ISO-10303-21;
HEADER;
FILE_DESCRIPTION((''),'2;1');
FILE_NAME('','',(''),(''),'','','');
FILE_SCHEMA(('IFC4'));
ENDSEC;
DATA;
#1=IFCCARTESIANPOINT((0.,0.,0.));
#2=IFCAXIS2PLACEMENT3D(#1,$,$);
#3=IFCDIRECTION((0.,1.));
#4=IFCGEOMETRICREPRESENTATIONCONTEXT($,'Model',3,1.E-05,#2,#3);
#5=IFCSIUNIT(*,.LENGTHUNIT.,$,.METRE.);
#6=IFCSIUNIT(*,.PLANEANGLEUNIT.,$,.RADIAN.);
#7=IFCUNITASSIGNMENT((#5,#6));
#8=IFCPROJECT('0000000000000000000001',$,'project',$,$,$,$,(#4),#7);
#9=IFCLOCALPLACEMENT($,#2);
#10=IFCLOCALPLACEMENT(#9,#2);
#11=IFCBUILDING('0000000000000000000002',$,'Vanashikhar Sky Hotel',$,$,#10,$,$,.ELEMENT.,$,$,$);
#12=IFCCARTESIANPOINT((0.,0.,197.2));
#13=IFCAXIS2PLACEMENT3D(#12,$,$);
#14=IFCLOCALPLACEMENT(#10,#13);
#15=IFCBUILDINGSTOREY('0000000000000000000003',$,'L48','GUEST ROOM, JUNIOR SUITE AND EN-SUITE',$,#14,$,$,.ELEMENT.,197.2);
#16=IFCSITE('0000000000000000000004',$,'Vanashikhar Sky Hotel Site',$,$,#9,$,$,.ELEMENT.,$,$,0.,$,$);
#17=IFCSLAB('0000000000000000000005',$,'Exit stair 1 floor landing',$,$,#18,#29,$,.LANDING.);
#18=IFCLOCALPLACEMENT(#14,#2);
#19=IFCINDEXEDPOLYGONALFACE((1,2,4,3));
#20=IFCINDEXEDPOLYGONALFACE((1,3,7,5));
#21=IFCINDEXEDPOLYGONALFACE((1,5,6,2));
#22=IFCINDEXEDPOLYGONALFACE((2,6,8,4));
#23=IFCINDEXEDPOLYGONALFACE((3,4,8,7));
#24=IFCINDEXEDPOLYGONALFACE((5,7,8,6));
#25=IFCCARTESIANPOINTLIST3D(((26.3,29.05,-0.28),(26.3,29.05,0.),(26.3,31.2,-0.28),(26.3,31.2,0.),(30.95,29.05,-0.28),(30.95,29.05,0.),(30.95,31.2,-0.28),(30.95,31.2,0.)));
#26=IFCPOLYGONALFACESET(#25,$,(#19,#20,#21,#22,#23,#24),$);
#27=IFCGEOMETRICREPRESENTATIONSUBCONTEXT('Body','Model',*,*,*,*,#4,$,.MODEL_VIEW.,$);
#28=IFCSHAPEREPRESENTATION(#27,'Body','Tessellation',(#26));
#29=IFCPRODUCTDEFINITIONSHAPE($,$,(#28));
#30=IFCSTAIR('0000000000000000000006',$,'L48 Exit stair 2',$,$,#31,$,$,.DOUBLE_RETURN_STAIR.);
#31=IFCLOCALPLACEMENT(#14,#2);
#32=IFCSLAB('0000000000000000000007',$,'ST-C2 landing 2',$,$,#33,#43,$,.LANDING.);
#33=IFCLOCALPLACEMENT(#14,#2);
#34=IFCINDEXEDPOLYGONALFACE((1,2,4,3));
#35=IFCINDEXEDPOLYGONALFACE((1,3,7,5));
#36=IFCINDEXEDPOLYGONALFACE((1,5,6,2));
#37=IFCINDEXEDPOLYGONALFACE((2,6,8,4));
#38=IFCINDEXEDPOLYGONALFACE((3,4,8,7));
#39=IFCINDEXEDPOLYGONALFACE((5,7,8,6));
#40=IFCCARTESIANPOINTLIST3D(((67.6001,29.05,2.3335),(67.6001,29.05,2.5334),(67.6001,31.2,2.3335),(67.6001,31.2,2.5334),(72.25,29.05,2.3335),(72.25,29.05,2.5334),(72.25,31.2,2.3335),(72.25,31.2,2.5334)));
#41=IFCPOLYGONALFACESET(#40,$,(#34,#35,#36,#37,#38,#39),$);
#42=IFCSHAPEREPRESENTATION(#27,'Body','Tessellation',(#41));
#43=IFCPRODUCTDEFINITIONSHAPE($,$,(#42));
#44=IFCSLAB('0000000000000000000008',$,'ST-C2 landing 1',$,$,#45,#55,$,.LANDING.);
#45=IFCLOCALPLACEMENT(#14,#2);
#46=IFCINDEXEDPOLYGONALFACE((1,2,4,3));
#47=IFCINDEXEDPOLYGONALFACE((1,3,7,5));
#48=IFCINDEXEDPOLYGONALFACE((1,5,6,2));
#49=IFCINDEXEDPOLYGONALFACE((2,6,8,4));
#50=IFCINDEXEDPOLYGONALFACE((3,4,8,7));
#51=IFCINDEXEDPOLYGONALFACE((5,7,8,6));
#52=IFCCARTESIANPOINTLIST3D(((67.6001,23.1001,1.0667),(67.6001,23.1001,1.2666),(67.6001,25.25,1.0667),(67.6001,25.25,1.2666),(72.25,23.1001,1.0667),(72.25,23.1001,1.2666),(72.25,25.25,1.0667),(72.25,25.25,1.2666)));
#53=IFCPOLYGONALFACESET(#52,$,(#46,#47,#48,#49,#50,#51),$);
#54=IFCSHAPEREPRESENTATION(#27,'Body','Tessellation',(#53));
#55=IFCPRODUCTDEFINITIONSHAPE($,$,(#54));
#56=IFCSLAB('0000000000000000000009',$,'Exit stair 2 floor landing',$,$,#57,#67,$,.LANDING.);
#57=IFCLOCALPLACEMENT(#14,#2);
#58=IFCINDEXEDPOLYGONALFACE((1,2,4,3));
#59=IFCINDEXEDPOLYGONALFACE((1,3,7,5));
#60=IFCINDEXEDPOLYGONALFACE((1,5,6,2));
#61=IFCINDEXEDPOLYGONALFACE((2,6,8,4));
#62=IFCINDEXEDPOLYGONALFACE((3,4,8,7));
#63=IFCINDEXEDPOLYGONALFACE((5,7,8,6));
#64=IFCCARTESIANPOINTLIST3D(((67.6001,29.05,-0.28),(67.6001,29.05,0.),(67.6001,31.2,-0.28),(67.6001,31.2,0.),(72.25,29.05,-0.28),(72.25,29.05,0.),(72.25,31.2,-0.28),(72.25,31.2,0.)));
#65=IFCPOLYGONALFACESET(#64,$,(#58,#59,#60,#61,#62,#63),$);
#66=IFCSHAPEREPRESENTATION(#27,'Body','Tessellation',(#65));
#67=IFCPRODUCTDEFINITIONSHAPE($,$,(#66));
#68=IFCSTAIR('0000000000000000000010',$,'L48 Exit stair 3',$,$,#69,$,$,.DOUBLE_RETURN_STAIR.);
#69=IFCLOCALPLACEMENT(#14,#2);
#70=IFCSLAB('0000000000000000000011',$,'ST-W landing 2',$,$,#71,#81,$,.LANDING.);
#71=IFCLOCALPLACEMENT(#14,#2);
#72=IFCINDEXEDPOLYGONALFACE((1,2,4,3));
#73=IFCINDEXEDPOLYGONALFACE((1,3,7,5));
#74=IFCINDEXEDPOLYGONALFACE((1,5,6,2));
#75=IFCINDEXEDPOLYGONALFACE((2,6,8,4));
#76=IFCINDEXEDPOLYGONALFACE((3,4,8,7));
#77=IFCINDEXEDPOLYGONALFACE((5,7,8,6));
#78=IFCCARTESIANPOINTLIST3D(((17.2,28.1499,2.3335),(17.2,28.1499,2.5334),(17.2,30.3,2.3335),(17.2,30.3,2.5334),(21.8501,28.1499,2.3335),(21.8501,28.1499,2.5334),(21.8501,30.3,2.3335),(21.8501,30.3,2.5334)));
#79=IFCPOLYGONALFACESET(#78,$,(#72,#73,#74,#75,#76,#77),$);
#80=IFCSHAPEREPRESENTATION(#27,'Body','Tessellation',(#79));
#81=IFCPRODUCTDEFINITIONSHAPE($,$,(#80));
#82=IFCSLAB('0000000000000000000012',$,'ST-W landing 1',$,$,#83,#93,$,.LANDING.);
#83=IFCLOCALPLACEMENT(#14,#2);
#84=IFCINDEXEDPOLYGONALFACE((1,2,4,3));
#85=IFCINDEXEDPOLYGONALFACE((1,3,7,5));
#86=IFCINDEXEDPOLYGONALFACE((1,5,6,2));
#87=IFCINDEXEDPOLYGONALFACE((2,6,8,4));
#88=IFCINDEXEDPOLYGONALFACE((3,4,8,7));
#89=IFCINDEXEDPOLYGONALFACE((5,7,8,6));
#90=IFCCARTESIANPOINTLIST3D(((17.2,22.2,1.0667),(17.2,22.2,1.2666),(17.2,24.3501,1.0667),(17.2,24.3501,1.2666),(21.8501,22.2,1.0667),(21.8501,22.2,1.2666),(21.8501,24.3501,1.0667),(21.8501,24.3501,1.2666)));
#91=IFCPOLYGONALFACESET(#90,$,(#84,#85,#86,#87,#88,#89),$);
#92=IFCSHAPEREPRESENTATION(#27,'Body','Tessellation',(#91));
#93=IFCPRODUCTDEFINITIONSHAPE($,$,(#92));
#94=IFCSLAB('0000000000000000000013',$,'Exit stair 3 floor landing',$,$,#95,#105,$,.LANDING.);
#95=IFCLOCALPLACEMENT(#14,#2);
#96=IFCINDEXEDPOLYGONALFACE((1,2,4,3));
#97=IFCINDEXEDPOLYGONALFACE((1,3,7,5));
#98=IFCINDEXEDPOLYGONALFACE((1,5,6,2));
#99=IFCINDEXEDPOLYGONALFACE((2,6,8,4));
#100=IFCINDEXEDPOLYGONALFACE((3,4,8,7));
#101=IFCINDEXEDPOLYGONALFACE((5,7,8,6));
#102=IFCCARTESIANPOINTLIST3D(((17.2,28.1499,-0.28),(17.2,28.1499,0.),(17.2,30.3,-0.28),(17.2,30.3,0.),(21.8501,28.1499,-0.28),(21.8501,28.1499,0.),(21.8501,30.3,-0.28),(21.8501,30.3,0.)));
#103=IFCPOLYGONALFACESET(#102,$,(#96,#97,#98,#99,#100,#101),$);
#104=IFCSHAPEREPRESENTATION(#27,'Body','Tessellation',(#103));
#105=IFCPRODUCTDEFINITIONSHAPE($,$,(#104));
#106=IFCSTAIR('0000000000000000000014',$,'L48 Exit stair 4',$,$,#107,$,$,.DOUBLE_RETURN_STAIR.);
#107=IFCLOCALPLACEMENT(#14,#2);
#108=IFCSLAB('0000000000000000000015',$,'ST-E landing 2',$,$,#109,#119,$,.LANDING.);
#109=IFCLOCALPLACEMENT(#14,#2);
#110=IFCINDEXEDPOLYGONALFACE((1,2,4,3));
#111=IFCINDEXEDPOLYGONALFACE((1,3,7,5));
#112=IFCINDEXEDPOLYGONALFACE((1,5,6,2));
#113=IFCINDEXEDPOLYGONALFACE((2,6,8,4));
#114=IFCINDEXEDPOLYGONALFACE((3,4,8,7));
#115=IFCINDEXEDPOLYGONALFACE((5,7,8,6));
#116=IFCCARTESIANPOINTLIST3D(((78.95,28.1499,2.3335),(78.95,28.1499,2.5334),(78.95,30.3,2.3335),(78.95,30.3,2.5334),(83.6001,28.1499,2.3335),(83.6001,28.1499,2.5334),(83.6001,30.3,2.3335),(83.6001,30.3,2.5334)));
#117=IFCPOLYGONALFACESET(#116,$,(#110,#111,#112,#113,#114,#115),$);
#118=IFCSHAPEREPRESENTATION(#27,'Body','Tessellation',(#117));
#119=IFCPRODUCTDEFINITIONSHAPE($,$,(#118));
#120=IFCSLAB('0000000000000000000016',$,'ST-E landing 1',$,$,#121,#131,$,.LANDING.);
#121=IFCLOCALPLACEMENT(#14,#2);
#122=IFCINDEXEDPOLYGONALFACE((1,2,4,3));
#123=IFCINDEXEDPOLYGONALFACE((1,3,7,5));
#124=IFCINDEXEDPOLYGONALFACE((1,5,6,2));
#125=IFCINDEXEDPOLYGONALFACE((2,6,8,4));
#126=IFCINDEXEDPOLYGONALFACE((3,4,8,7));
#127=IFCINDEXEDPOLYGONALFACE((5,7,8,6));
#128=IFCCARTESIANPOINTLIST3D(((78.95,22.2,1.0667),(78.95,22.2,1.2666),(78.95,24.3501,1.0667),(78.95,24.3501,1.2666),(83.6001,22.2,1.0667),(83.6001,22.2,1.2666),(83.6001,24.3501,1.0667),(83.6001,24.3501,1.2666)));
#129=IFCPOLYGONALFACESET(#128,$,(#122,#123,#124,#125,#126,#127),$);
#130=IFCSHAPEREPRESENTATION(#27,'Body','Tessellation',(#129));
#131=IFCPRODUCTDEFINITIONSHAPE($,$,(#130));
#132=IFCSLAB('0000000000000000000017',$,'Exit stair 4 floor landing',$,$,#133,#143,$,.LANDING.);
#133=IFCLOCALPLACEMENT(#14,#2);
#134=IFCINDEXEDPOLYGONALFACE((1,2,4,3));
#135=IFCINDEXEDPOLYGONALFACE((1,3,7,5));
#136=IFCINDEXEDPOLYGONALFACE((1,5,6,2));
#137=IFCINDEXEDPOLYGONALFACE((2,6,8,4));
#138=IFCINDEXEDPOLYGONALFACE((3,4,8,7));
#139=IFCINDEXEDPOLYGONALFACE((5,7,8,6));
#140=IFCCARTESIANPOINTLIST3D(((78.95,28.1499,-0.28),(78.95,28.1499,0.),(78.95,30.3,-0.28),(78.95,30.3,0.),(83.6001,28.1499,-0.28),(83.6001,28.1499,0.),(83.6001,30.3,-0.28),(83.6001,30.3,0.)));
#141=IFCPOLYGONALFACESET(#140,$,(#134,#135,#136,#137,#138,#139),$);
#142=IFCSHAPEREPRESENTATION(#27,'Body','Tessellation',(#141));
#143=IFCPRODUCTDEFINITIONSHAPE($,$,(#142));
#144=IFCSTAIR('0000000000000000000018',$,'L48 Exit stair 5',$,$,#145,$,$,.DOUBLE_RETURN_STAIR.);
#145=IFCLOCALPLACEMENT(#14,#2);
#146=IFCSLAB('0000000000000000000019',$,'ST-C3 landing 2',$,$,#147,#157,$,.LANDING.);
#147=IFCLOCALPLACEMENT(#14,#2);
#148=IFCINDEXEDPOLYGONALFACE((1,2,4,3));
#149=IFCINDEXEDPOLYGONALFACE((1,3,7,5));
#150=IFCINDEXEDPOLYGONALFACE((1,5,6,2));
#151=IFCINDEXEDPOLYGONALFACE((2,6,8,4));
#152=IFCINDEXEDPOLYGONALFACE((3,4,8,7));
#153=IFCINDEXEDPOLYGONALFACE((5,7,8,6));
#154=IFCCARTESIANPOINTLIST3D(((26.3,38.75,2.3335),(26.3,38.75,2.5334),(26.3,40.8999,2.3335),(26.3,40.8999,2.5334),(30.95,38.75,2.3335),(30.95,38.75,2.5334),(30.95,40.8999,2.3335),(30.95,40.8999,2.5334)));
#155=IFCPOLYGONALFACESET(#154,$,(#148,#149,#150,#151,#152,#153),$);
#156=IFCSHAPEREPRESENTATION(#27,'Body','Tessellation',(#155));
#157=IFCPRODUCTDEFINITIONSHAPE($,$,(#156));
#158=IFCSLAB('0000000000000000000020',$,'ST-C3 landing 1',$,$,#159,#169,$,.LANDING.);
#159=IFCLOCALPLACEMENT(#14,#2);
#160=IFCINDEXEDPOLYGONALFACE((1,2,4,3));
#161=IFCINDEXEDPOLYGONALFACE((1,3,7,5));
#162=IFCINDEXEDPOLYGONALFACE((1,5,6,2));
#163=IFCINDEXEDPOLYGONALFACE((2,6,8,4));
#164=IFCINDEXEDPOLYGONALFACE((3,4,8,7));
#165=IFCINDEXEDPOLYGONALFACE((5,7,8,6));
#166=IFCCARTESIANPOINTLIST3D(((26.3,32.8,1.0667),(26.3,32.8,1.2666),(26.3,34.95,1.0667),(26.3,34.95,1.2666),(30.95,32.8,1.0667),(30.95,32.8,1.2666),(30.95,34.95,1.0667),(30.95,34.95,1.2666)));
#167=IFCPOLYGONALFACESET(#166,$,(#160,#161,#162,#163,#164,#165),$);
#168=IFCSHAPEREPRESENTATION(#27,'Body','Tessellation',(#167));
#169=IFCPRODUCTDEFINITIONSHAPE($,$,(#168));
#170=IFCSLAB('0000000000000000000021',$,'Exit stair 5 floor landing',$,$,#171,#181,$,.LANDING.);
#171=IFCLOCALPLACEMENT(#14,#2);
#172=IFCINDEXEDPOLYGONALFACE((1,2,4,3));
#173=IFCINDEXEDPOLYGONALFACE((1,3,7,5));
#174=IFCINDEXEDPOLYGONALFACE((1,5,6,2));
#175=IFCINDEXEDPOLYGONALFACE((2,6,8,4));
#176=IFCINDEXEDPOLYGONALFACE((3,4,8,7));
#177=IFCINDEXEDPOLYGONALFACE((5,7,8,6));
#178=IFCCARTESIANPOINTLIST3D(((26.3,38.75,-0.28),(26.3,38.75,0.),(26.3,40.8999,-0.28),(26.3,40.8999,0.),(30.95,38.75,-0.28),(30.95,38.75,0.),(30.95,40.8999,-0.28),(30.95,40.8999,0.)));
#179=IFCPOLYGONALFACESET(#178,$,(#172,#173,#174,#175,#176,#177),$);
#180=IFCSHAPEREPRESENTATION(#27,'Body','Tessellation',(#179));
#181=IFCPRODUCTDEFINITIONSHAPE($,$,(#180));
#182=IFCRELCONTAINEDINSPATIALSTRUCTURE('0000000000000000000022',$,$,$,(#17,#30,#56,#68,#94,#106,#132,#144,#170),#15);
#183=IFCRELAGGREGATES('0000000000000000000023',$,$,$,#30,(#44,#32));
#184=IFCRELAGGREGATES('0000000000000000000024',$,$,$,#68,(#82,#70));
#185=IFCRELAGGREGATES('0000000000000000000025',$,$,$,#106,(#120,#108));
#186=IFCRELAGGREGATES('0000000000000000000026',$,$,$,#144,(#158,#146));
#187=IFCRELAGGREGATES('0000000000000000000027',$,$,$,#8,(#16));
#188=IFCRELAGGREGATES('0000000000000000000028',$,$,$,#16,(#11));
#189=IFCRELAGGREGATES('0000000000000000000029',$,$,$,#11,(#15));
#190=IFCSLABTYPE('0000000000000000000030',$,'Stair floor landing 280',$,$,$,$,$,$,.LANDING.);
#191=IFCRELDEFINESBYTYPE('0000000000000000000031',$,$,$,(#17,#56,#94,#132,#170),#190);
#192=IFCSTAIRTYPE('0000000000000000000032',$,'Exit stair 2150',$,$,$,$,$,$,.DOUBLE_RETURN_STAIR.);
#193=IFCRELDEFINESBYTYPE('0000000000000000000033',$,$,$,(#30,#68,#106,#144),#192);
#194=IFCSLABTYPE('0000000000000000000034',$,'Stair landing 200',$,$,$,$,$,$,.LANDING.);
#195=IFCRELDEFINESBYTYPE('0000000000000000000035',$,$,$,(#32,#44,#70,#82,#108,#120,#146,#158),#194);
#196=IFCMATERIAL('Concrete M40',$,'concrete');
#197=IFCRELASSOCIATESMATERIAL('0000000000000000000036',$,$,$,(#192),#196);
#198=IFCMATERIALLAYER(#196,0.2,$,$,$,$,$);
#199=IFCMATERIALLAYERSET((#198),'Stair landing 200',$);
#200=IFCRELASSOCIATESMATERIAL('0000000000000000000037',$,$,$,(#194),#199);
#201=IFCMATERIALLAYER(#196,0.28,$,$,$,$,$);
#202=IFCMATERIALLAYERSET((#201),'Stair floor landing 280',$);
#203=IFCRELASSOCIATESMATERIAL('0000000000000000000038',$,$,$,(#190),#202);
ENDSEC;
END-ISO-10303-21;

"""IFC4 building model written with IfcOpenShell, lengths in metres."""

from ifc_helpers import new_model, si_unit, direction, frame, origin, place, context, subcontext, project, spatial, polyline, outline, extrude, source, transform, mapped, material, layer, layer_set, type_object, element, aggregate, save


model = new_model("IFC4")

# Units and contexts
model_context = context("Model", 3, precision=1e-05, world=origin(), true_north=direction((0.0, 1.0)))
body_context = subcontext(model_context, "Body", "Model", "MODEL_VIEW")
ifc_project = project(units=[si_unit("LENGTHUNIT", "METRE"), si_unit("PLANEANGLEUNIT", "RADIAN")], contexts=[model_context])

# Site, building, storey
site_placement = place(None, origin())
site = spatial("IfcSite", under=ifc_project, at=site_placement, Name="Vanashikhar Sky Hotel Site", CompositionType="ELEMENT", RefElevation=0.0)
building_placement = place(site_placement, origin())
building = spatial("IfcBuilding", under=site, at=building_placement, Name="Vanashikhar Sky Hotel", CompositionType="ELEMENT")
storey_placement = place(building_placement, frame((0.0, 0.0, 197.2)))
storey = spatial("IfcBuildingStorey", under=building, at=storey_placement, Name="L48", Description="GUEST ROOM, JUNIOR SUITE AND EN-SUITE", CompositionType="ELEMENT", Elevation=197.2)

# Shared definitions
ifc_material = material(Name="Concrete M40", Category="concrete")

# Shared definitions
stair_type = type_object("IfcStairType", Name="Exit stair 2150", PredefinedType="DOUBLE_RETURN_STAIR", material=ifc_material)
ifc_layer_1 = layer(ifc_material, 0.2)
ifc_layer_set_1 = layer_set([ifc_layer_1], Name="Stair landing 200")
slab_type_1 = type_object("IfcSlabType", Name="Stair landing 200", PredefinedType="LANDING", material=ifc_layer_set_1)

# Slab
ifc_layer_2 = layer(ifc_material, 0.28)
ifc_layer_set_2 = layer_set([ifc_layer_2], Name="Stair floor landing 280")
slab_type_2 = type_object("IfcSlabType", Name="Stair floor landing 280", PredefinedType="LANDING", material=ifc_layer_set_2)
shared_shape_1 = source(origin(), body_context, "Body", "SweptSolid", [
    extrude(outline(polyline([(30.95, 29.05), (30.95, 31.2), (26.3, 31.2), (26.3, 29.05), (30.95, 29.05)])), origin(), (0.0, 0.0, 1.0), 0.28),
])
slab_1_placement = place(storey_placement, frame((0.0, 0.0, -0.28)))
element("IfcSlab", 1, at=slab_1_placement, inside=storey, type_object=slab_type_2, Name="Exit stair 1 floor landing", PredefinedType="LANDING", context=body_context, shape_type="MappedRepresentation", body=[
    mapped(shared_shape_1, transform((0.0, 0.0, 0.0), scale=1.0)),
])

# Stair, slabs
stair_1_placement = place(storey_placement, origin())
stair_1 = element("IfcStair", 2, at=stair_1_placement, inside=storey, type_object=stair_type, Name="L48 Exit stair 2", PredefinedType="DOUBLE_RETURN_STAIR")
shared_shape_2 = source(origin(), body_context, "Body", "SweptSolid", [
    extrude(outline(polyline([(72.25, 29.05), (72.25, 31.2), (67.6001, 31.2), (67.6001, 29.05), (72.25, 29.05)])), origin(), (0.0, 0.0, 1.0), 0.2),
])
slab_2_placement = place(storey_placement, frame((0.0, 0.0, 2.3335)))
slab_2 = element("IfcSlab", 3, at=slab_2_placement, type_object=slab_type_1, Name="ST-C2 landing 2", PredefinedType="LANDING", context=body_context, shape_type="MappedRepresentation", body=[
    mapped(shared_shape_2, transform((0.0, 0.0, 0.0), scale=1.0)),
])
shared_shape_3 = source(origin(), body_context, "Body", "SweptSolid", [
    extrude(outline(polyline([(72.25, 23.1001), (72.25, 25.25), (67.6001, 25.25), (67.6001, 23.1001), (72.25, 23.1001)])), origin(), (0.0, 0.0, 1.0), 0.2),
])
slab_3_placement = place(storey_placement, frame((0.0, 0.0, 1.0667)))
slab_3 = element("IfcSlab", 4, at=slab_3_placement, type_object=slab_type_1, Name="ST-C2 landing 1", PredefinedType="LANDING", context=body_context, shape_type="MappedRepresentation", body=[
    mapped(shared_shape_3, transform((0.0, 0.0, 0.0), scale=1.0)),
])
aggregate(stair_1, [slab_3, slab_2])

# Slab
shared_shape_4 = source(origin(), body_context, "Body", "SweptSolid", [
    extrude(outline(polyline([(72.25, 29.05), (72.25, 31.2), (67.6001, 31.2), (67.6001, 29.05), (72.25, 29.05)])), origin(), (0.0, 0.0, 1.0), 0.28),
])
slab_4_placement = place(storey_placement, frame((0.0, 0.0, -0.28)))
element("IfcSlab", 5, at=slab_4_placement, inside=storey, type_object=slab_type_2, Name="Exit stair 2 floor landing", PredefinedType="LANDING", context=body_context, shape_type="MappedRepresentation", body=[
    mapped(shared_shape_4, transform((0.0, 0.0, 0.0), scale=1.0)),
])

# Stair, slabs
stair_2_placement = place(storey_placement, origin())
stair_2 = element("IfcStair", 6, at=stair_2_placement, inside=storey, type_object=stair_type, Name="L48 Exit stair 3", PredefinedType="DOUBLE_RETURN_STAIR")
shared_shape_5 = source(origin(), body_context, "Body", "SweptSolid", [
    extrude(outline(polyline([(21.8501, 28.1499), (21.8501, 30.3), (17.2, 30.3), (17.2, 28.1499), (21.8501, 28.1499)])), origin(), (0.0, 0.0, 1.0), 0.2),
])
slab_5_placement = place(storey_placement, frame((0.0, 0.0, 2.3335)))
slab_5 = element("IfcSlab", 7, at=slab_5_placement, type_object=slab_type_1, Name="ST-W landing 2", PredefinedType="LANDING", context=body_context, shape_type="MappedRepresentation", body=[
    mapped(shared_shape_5, transform((0.0, 0.0, 0.0), scale=1.0)),
])
shared_shape_6 = source(origin(), body_context, "Body", "SweptSolid", [
    extrude(outline(polyline([(21.8501, 22.2), (21.8501, 24.3501), (17.2, 24.3501), (17.2, 22.2), (21.8501, 22.2)])), origin(), (0.0, 0.0, 1.0), 0.2),
])
slab_6_placement = place(storey_placement, frame((0.0, 0.0, 1.0667)))
slab_6 = element("IfcSlab", 8, at=slab_6_placement, type_object=slab_type_1, Name="ST-W landing 1", PredefinedType="LANDING", context=body_context, shape_type="MappedRepresentation", body=[
    mapped(shared_shape_6, transform((0.0, 0.0, 0.0), scale=1.0)),
])
aggregate(stair_2, [slab_6, slab_5])

# Slab
shared_shape_7 = source(origin(), body_context, "Body", "SweptSolid", [
    extrude(outline(polyline([(21.8501, 28.1499), (21.8501, 30.3), (17.2, 30.3), (17.2, 28.1499), (21.8501, 28.1499)])), origin(), (0.0, 0.0, 1.0), 0.28),
])
slab_7_placement = place(storey_placement, frame((0.0, 0.0, -0.28)))
element("IfcSlab", 9, at=slab_7_placement, inside=storey, type_object=slab_type_2, Name="Exit stair 3 floor landing", PredefinedType="LANDING", context=body_context, shape_type="MappedRepresentation", body=[
    mapped(shared_shape_7, transform((0.0, 0.0, 0.0), scale=1.0)),
])

# Stair, slabs
stair_3_placement = place(storey_placement, origin())
stair_3 = element("IfcStair", 10, at=stair_3_placement, inside=storey, type_object=stair_type, Name="L48 Exit stair 4", PredefinedType="DOUBLE_RETURN_STAIR")
shared_shape_8 = source(origin(), body_context, "Body", "SweptSolid", [
    extrude(outline(polyline([(83.6001, 28.1499), (83.6001, 30.3), (78.95, 30.3), (78.95, 28.1499), (83.6001, 28.1499)])), origin(), (0.0, 0.0, 1.0), 0.2),
])
slab_8_placement = place(storey_placement, frame((0.0, 0.0, 2.3335)))
slab_8 = element("IfcSlab", 11, at=slab_8_placement, type_object=slab_type_1, Name="ST-E landing 2", PredefinedType="LANDING", context=body_context, shape_type="MappedRepresentation", body=[
    mapped(shared_shape_8, transform((0.0, 0.0, 0.0), scale=1.0)),
])
shared_shape_9 = source(origin(), body_context, "Body", "SweptSolid", [
    extrude(outline(polyline([(83.6001, 22.2), (83.6001, 24.3501), (78.95, 24.3501), (78.95, 22.2), (83.6001, 22.2)])), origin(), (0.0, 0.0, 1.0), 0.2),
])
slab_9_placement = place(storey_placement, frame((0.0, 0.0, 1.0667)))
slab_9 = element("IfcSlab", 12, at=slab_9_placement, type_object=slab_type_1, Name="ST-E landing 1", PredefinedType="LANDING", context=body_context, shape_type="MappedRepresentation", body=[
    mapped(shared_shape_9, transform((0.0, 0.0, 0.0), scale=1.0)),
])
aggregate(stair_3, [slab_9, slab_8])

# Slab
shared_shape_10 = source(origin(), body_context, "Body", "SweptSolid", [
    extrude(outline(polyline([(83.6001, 28.1499), (83.6001, 30.3), (78.95, 30.3), (78.95, 28.1499), (83.6001, 28.1499)])), origin(), (0.0, 0.0, 1.0), 0.28),
])
slab_10_placement = place(storey_placement, frame((0.0, 0.0, -0.28)))
element("IfcSlab", 13, at=slab_10_placement, inside=storey, type_object=slab_type_2, Name="Exit stair 4 floor landing", PredefinedType="LANDING", context=body_context, shape_type="MappedRepresentation", body=[
    mapped(shared_shape_10, transform((0.0, 0.0, 0.0), scale=1.0)),
])

# Stair, slabs
stair_4_placement = place(storey_placement, origin())
stair_4 = element("IfcStair", 14, at=stair_4_placement, inside=storey, type_object=stair_type, Name="L48 Exit stair 5", PredefinedType="DOUBLE_RETURN_STAIR")
shared_shape_11 = source(origin(), body_context, "Body", "SweptSolid", [
    extrude(outline(polyline([(30.95, 38.75), (30.95, 40.8999), (26.3, 40.8999), (26.3, 38.75), (30.95, 38.75)])), origin(), (0.0, 0.0, 1.0), 0.2),
])
slab_11_placement = place(storey_placement, frame((0.0, 0.0, 2.3335)))
slab_11 = element("IfcSlab", 15, at=slab_11_placement, type_object=slab_type_1, Name="ST-C3 landing 2", PredefinedType="LANDING", context=body_context, shape_type="MappedRepresentation", body=[
    mapped(shared_shape_11, transform((0.0, 0.0, 0.0), scale=1.0)),
])
shared_shape_12 = source(origin(), body_context, "Body", "SweptSolid", [
    extrude(outline(polyline([(30.95, 32.8), (30.95, 34.95), (26.3, 34.95), (26.3, 32.8), (30.95, 32.8)])), origin(), (0.0, 0.0, 1.0), 0.2),
])
slab_12_placement = place(storey_placement, frame((0.0, 0.0, 1.0667)))
slab_12 = element("IfcSlab", 16, at=slab_12_placement, type_object=slab_type_1, Name="ST-C3 landing 1", PredefinedType="LANDING", context=body_context, shape_type="MappedRepresentation", body=[
    mapped(shared_shape_12, transform((0.0, 0.0, 0.0), scale=1.0)),
])
aggregate(stair_4, [slab_12, slab_11])

# Slab
shared_shape_13 = source(origin(), body_context, "Body", "SweptSolid", [
    extrude(outline(polyline([(30.95, 38.75), (30.95, 40.8999), (26.3, 40.8999), (26.3, 38.75), (30.95, 38.75)])), origin(), (0.0, 0.0, 1.0), 0.28),
])
slab_13_placement = place(storey_placement, frame((0.0, 0.0, -0.28)))
element("IfcSlab", 17, at=slab_13_placement, inside=storey, type_object=slab_type_2, Name="Exit stair 5 floor landing", PredefinedType="LANDING", context=body_context, shape_type="MappedRepresentation", body=[
    mapped(shared_shape_13, transform((0.0, 0.0, 0.0), scale=1.0)),
])

save(model, "model.ifc")
